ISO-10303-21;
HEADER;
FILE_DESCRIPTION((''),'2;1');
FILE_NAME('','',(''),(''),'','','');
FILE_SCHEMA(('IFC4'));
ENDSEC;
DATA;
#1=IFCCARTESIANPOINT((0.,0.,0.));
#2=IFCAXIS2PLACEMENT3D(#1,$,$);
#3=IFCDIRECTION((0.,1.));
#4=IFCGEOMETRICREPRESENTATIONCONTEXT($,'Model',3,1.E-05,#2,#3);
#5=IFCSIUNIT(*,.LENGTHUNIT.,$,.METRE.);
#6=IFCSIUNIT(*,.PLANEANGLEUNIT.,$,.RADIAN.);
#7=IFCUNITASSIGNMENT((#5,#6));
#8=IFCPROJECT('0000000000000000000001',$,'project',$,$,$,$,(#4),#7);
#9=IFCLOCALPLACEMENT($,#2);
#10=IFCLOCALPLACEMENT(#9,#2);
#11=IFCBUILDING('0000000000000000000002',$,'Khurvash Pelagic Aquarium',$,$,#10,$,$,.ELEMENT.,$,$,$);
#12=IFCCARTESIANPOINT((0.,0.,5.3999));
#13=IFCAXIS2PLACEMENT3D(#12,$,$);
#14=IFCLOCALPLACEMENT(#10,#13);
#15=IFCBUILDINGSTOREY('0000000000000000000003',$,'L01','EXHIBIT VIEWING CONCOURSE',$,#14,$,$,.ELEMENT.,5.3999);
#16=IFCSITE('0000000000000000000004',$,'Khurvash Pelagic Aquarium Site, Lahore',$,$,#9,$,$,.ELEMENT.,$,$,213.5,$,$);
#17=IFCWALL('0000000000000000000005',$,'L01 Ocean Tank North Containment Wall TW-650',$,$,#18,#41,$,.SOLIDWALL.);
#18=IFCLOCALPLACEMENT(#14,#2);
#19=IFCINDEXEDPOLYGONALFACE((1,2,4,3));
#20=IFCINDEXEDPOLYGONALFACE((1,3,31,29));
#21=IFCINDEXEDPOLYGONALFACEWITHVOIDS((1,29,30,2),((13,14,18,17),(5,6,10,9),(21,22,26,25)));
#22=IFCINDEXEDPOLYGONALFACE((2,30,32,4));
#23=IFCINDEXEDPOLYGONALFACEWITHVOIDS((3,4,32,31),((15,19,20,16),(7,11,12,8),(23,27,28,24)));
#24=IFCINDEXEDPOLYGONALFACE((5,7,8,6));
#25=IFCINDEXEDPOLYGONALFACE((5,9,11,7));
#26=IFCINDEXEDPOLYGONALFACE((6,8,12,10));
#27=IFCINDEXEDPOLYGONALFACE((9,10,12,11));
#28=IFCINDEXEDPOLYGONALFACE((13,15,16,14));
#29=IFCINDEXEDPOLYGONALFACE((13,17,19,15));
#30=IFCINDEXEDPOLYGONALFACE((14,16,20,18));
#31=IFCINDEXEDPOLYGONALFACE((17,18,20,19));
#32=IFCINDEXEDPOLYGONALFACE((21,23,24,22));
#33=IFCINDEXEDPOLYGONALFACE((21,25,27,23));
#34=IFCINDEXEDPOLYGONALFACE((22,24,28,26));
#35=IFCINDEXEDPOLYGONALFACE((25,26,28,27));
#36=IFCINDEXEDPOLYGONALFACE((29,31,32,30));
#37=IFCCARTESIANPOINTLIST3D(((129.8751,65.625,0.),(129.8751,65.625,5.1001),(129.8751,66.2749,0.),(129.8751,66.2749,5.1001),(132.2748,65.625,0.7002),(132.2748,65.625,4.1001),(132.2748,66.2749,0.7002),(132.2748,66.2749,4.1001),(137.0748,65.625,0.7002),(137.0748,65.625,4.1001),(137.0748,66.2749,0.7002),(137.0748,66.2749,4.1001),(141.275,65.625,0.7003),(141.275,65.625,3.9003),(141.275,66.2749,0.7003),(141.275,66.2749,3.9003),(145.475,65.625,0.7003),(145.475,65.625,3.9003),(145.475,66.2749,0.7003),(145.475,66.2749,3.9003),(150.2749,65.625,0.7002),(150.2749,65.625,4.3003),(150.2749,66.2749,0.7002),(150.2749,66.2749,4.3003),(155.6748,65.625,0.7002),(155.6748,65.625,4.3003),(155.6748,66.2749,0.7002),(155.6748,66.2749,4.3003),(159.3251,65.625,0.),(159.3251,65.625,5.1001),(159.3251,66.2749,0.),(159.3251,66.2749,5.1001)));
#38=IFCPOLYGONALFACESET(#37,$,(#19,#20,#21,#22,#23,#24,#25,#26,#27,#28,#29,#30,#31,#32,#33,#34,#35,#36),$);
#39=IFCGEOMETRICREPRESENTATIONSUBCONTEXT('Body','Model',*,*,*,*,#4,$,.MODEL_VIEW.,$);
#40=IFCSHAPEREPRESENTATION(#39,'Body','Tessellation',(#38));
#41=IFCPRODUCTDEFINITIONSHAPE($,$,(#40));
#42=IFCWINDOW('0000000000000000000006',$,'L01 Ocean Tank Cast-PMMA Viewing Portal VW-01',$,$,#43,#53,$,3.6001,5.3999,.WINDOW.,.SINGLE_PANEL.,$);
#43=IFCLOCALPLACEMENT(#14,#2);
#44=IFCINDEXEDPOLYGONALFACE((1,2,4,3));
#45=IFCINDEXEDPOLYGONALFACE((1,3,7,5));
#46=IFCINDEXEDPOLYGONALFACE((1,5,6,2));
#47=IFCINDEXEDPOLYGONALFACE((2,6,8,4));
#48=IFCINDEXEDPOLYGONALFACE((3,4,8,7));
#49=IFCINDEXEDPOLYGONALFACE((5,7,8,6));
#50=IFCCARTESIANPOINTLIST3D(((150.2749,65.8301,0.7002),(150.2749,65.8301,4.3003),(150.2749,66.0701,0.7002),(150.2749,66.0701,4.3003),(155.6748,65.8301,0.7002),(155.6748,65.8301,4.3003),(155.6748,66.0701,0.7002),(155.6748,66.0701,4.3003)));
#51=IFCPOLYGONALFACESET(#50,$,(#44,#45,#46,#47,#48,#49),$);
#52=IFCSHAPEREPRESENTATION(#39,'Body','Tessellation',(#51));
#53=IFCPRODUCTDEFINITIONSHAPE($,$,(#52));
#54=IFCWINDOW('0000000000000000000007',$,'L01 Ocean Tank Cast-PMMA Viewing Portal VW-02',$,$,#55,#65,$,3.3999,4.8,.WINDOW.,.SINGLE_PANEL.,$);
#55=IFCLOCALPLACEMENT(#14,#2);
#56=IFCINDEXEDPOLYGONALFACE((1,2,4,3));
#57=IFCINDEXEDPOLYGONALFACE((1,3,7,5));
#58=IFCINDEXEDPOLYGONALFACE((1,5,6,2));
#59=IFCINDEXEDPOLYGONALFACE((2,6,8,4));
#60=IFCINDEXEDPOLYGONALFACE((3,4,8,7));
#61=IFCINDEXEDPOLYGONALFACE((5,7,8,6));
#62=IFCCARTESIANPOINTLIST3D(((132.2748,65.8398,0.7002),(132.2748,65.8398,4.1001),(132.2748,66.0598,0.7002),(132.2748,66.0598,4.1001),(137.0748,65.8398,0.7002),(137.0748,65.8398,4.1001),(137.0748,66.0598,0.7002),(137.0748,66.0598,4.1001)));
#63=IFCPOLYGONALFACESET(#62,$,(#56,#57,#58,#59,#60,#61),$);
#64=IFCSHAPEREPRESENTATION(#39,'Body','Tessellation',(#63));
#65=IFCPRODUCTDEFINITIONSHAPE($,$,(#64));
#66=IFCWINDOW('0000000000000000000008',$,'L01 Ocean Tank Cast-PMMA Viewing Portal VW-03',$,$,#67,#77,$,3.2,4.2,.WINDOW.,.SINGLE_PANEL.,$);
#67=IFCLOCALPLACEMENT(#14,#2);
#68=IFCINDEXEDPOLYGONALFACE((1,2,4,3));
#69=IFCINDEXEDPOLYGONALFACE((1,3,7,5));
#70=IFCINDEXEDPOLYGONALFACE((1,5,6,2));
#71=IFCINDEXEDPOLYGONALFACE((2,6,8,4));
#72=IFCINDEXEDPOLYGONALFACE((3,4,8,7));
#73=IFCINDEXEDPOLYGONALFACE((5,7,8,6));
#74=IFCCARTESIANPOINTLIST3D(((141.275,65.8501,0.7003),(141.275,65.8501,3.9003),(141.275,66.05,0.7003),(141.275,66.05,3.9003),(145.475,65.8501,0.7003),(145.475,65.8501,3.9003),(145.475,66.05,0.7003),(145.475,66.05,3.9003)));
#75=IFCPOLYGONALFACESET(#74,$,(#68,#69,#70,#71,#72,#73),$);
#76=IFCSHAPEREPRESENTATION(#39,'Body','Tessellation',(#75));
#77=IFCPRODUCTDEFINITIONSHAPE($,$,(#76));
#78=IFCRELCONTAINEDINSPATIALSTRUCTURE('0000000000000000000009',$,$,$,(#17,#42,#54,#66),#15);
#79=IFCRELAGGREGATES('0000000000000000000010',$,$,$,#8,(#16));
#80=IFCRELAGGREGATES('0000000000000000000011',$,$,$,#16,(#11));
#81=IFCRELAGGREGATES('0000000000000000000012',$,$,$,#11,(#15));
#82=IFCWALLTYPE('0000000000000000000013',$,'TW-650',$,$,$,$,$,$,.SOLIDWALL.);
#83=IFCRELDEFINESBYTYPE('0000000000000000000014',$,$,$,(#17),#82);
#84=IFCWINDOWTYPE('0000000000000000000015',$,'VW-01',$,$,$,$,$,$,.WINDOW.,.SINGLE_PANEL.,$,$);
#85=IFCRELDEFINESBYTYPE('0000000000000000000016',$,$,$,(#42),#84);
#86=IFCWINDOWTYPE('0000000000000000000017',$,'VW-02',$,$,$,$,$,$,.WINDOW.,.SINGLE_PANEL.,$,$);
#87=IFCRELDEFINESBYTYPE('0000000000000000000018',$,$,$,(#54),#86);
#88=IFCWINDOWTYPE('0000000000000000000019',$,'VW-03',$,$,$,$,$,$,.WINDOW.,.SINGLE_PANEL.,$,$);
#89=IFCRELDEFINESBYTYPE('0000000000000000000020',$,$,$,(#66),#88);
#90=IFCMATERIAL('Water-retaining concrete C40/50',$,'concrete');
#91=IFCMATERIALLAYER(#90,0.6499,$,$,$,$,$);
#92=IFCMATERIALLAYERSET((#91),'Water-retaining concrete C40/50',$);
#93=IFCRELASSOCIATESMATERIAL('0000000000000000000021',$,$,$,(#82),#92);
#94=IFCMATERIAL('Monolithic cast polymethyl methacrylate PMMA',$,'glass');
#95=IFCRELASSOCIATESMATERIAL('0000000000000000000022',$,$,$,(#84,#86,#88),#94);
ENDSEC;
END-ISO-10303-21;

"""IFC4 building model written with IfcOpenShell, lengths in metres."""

from ifc_helpers import new_model, si_unit, direction, frame, frame_2d, origin, place, context, subcontext, project, spatial, rectangle, extrude, material, layer, layer_set, type_object, element, fill, save


model = new_model("IFC4")

# Units and contexts
model_context = context("Model", 3, precision=1e-05, world=origin(), true_north=direction((0.0, 1.0)))
body_context = subcontext(model_context, "Body", "Model", "MODEL_VIEW")
ifc_project = project(units=[si_unit("LENGTHUNIT", "METRE"), si_unit("PLANEANGLEUNIT", "RADIAN")], contexts=[model_context])

# Site, building, storey
site_placement = place(None, origin())
site = spatial("IfcSite", under=ifc_project, at=site_placement, Name="Khurvash Pelagic Aquarium Site, Lahore", CompositionType="ELEMENT", RefElevation=213.5)
building_placement = place(site_placement, origin())
building = spatial("IfcBuilding", under=site, at=building_placement, Name="Khurvash Pelagic Aquarium", CompositionType="ELEMENT")
storey_placement = place(building_placement, frame((0.0, 0.0, 5.3999)))
storey = spatial("IfcBuildingStorey", under=building, at=storey_placement, Name="L01", Description="EXHIBIT VIEWING CONCOURSE", CompositionType="ELEMENT", Elevation=5.3999)

# Wall, openings, windows
ifc_material_1 = material(Name="Water-retaining concrete C40/50", Category="concrete")
ifc_layer_1 = layer(ifc_material_1, 0.6499)
ifc_layer_set_1 = layer_set([ifc_layer_1], Name="Water-retaining concrete C40/50")
wall_type_1 = type_object("IfcWallType", Name="TW-650", PredefinedType="SOLIDWALL", material=ifc_layer_set_1)
wall_1_placement = place(storey_placement, frame((129.875, 65.95, 0.0), z_axis=(0.0, 0.0, 1.0), x_axis=(1.0, 0.0, 0.0)))
wall_1 = element("IfcWall", 1, at=wall_1_placement, inside=storey, type_object=wall_type_1, Name="L01 Ocean Tank North Containment Wall TW-650", PredefinedType="SOLIDWALL", context=body_context, shape_type="SweptSolid", body=[
    extrude(rectangle(XDim=29.45, YDim=0.6499, at=frame_2d((14.7251, 0.0))), origin(), (0.0, 0.0, 1.0), 5.1001),
])
opening_1_placement = place(wall_1_placement, frame((2.3999, 0.0, 0.7002)))
opening_1 = element("IfcOpeningElement", 2, at=opening_1_placement, cuts=wall_1, PredefinedType="OPENING", context=body_context, shape_type="SweptSolid", body=[
    extrude(rectangle(XDim=4.8, YDim=3.3999, at=frame_2d((2.3999, 1.7))), frame((0.0, 0.335, 0.0), z_axis=(0.0, -1.0, 0.0), x_axis=(1.0, 0.0, 0.0)), (0.0, 0.0, 1.0), 0.6699),
])
opening_2_placement = place(wall_1_placement, frame((11.3999, 0.0, 0.7002)))
opening_2 = element("IfcOpeningElement", 3, at=opening_2_placement, cuts=wall_1, PredefinedType="OPENING", context=body_context, shape_type="SweptSolid", body=[
    extrude(rectangle(XDim=4.2, YDim=3.2, at=frame_2d((2.1001, 1.6001))), frame((0.0, 0.335, 0.0), z_axis=(0.0, -1.0, 0.0), x_axis=(1.0, 0.0, 0.0)), (0.0, 0.0, 1.0), 0.6699),
])
opening_3_placement = place(wall_1_placement, frame((20.3999, 0.0, 0.7002)))
opening_3 = element("IfcOpeningElement", 4, at=opening_3_placement, cuts=wall_1, PredefinedType="OPENING", context=body_context, shape_type="SweptSolid", body=[
    extrude(rectangle(XDim=5.3999, YDim=3.6001, at=frame_2d((2.7, 1.8))), frame((0.0, 0.335, 0.0), z_axis=(0.0, -1.0, 0.0), x_axis=(1.0, 0.0, 0.0)), (0.0, 0.0, 1.0), 0.6699),
])
ifc_material_2 = material(Name="Monolithic cast polymethyl methacrylate PMMA", Category="glass")
window_type_1 = type_object("IfcWindowType", Name="VW-01", PartitioningType="SINGLE_PANEL", PredefinedType="WINDOW", material=ifc_material_2)
window_1_placement = place(opening_3_placement, origin())
window_1 = element("IfcWindow", 5, at=window_1_placement, inside=storey, type_object=window_type_1, Name="L01 Ocean Tank Cast-PMMA Viewing Portal VW-01", OverallHeight=3.6001, OverallWidth=5.3999, PartitioningType="SINGLE_PANEL", PredefinedType="WINDOW", context=body_context, shape_type="SweptSolid", body=[
    extrude(rectangle(XDim=5.3999, YDim=3.6001, at=frame_2d((2.7, 1.8))), frame((0.0, 0.1201, 0.0), z_axis=(0.0, -1.0, 0.0), x_axis=(1.0, 0.0, 0.0)), (0.0, 0.0, 1.0), 0.24),
])
fill(opening_3, window_1)
window_type_2 = type_object("IfcWindowType", Name="VW-02", PartitioningType="SINGLE_PANEL", PredefinedType="WINDOW", material=ifc_material_2)
window_2_placement = place(opening_1_placement, origin())
window_2 = element("IfcWindow", 6, at=window_2_placement, inside=storey, type_object=window_type_2, Name="L01 Ocean Tank Cast-PMMA Viewing Portal VW-02", OverallHeight=3.3999, OverallWidth=4.8, PartitioningType="SINGLE_PANEL", PredefinedType="WINDOW", context=body_context, shape_type="SweptSolid", body=[
    extrude(rectangle(XDim=4.8, YDim=3.3999, at=frame_2d((2.3999, 1.7))), frame((0.0, 0.1099, 0.0), z_axis=(0.0, -1.0, 0.0), x_axis=(1.0, 0.0, 0.0)), (0.0, 0.0, 1.0), 0.22),
])
fill(opening_1, window_2)
window_type_3 = type_object("IfcWindowType", Name="VW-03", PartitioningType="SINGLE_PANEL", PredefinedType="WINDOW", material=ifc_material_2)
window_3_placement = place(opening_2_placement, origin())
window_3 = element("IfcWindow", 7, at=window_3_placement, inside=storey, type_object=window_type_3, Name="L01 Ocean Tank Cast-PMMA Viewing Portal VW-03", OverallHeight=3.2, OverallWidth=4.2, PartitioningType="SINGLE_PANEL", PredefinedType="WINDOW", context=body_context, shape_type="SweptSolid", body=[
    extrude(rectangle(XDim=4.2, YDim=3.2, at=frame_2d((2.1001, 1.6001))), frame((0.0, 0.1001, 0.0), z_axis=(0.0, -1.0, 0.0), x_axis=(1.0, 0.0, 0.0)), (0.0, 0.0, 1.0), 0.2),
])
fill(opening_2, window_3)

save(model, "model.ifc")
